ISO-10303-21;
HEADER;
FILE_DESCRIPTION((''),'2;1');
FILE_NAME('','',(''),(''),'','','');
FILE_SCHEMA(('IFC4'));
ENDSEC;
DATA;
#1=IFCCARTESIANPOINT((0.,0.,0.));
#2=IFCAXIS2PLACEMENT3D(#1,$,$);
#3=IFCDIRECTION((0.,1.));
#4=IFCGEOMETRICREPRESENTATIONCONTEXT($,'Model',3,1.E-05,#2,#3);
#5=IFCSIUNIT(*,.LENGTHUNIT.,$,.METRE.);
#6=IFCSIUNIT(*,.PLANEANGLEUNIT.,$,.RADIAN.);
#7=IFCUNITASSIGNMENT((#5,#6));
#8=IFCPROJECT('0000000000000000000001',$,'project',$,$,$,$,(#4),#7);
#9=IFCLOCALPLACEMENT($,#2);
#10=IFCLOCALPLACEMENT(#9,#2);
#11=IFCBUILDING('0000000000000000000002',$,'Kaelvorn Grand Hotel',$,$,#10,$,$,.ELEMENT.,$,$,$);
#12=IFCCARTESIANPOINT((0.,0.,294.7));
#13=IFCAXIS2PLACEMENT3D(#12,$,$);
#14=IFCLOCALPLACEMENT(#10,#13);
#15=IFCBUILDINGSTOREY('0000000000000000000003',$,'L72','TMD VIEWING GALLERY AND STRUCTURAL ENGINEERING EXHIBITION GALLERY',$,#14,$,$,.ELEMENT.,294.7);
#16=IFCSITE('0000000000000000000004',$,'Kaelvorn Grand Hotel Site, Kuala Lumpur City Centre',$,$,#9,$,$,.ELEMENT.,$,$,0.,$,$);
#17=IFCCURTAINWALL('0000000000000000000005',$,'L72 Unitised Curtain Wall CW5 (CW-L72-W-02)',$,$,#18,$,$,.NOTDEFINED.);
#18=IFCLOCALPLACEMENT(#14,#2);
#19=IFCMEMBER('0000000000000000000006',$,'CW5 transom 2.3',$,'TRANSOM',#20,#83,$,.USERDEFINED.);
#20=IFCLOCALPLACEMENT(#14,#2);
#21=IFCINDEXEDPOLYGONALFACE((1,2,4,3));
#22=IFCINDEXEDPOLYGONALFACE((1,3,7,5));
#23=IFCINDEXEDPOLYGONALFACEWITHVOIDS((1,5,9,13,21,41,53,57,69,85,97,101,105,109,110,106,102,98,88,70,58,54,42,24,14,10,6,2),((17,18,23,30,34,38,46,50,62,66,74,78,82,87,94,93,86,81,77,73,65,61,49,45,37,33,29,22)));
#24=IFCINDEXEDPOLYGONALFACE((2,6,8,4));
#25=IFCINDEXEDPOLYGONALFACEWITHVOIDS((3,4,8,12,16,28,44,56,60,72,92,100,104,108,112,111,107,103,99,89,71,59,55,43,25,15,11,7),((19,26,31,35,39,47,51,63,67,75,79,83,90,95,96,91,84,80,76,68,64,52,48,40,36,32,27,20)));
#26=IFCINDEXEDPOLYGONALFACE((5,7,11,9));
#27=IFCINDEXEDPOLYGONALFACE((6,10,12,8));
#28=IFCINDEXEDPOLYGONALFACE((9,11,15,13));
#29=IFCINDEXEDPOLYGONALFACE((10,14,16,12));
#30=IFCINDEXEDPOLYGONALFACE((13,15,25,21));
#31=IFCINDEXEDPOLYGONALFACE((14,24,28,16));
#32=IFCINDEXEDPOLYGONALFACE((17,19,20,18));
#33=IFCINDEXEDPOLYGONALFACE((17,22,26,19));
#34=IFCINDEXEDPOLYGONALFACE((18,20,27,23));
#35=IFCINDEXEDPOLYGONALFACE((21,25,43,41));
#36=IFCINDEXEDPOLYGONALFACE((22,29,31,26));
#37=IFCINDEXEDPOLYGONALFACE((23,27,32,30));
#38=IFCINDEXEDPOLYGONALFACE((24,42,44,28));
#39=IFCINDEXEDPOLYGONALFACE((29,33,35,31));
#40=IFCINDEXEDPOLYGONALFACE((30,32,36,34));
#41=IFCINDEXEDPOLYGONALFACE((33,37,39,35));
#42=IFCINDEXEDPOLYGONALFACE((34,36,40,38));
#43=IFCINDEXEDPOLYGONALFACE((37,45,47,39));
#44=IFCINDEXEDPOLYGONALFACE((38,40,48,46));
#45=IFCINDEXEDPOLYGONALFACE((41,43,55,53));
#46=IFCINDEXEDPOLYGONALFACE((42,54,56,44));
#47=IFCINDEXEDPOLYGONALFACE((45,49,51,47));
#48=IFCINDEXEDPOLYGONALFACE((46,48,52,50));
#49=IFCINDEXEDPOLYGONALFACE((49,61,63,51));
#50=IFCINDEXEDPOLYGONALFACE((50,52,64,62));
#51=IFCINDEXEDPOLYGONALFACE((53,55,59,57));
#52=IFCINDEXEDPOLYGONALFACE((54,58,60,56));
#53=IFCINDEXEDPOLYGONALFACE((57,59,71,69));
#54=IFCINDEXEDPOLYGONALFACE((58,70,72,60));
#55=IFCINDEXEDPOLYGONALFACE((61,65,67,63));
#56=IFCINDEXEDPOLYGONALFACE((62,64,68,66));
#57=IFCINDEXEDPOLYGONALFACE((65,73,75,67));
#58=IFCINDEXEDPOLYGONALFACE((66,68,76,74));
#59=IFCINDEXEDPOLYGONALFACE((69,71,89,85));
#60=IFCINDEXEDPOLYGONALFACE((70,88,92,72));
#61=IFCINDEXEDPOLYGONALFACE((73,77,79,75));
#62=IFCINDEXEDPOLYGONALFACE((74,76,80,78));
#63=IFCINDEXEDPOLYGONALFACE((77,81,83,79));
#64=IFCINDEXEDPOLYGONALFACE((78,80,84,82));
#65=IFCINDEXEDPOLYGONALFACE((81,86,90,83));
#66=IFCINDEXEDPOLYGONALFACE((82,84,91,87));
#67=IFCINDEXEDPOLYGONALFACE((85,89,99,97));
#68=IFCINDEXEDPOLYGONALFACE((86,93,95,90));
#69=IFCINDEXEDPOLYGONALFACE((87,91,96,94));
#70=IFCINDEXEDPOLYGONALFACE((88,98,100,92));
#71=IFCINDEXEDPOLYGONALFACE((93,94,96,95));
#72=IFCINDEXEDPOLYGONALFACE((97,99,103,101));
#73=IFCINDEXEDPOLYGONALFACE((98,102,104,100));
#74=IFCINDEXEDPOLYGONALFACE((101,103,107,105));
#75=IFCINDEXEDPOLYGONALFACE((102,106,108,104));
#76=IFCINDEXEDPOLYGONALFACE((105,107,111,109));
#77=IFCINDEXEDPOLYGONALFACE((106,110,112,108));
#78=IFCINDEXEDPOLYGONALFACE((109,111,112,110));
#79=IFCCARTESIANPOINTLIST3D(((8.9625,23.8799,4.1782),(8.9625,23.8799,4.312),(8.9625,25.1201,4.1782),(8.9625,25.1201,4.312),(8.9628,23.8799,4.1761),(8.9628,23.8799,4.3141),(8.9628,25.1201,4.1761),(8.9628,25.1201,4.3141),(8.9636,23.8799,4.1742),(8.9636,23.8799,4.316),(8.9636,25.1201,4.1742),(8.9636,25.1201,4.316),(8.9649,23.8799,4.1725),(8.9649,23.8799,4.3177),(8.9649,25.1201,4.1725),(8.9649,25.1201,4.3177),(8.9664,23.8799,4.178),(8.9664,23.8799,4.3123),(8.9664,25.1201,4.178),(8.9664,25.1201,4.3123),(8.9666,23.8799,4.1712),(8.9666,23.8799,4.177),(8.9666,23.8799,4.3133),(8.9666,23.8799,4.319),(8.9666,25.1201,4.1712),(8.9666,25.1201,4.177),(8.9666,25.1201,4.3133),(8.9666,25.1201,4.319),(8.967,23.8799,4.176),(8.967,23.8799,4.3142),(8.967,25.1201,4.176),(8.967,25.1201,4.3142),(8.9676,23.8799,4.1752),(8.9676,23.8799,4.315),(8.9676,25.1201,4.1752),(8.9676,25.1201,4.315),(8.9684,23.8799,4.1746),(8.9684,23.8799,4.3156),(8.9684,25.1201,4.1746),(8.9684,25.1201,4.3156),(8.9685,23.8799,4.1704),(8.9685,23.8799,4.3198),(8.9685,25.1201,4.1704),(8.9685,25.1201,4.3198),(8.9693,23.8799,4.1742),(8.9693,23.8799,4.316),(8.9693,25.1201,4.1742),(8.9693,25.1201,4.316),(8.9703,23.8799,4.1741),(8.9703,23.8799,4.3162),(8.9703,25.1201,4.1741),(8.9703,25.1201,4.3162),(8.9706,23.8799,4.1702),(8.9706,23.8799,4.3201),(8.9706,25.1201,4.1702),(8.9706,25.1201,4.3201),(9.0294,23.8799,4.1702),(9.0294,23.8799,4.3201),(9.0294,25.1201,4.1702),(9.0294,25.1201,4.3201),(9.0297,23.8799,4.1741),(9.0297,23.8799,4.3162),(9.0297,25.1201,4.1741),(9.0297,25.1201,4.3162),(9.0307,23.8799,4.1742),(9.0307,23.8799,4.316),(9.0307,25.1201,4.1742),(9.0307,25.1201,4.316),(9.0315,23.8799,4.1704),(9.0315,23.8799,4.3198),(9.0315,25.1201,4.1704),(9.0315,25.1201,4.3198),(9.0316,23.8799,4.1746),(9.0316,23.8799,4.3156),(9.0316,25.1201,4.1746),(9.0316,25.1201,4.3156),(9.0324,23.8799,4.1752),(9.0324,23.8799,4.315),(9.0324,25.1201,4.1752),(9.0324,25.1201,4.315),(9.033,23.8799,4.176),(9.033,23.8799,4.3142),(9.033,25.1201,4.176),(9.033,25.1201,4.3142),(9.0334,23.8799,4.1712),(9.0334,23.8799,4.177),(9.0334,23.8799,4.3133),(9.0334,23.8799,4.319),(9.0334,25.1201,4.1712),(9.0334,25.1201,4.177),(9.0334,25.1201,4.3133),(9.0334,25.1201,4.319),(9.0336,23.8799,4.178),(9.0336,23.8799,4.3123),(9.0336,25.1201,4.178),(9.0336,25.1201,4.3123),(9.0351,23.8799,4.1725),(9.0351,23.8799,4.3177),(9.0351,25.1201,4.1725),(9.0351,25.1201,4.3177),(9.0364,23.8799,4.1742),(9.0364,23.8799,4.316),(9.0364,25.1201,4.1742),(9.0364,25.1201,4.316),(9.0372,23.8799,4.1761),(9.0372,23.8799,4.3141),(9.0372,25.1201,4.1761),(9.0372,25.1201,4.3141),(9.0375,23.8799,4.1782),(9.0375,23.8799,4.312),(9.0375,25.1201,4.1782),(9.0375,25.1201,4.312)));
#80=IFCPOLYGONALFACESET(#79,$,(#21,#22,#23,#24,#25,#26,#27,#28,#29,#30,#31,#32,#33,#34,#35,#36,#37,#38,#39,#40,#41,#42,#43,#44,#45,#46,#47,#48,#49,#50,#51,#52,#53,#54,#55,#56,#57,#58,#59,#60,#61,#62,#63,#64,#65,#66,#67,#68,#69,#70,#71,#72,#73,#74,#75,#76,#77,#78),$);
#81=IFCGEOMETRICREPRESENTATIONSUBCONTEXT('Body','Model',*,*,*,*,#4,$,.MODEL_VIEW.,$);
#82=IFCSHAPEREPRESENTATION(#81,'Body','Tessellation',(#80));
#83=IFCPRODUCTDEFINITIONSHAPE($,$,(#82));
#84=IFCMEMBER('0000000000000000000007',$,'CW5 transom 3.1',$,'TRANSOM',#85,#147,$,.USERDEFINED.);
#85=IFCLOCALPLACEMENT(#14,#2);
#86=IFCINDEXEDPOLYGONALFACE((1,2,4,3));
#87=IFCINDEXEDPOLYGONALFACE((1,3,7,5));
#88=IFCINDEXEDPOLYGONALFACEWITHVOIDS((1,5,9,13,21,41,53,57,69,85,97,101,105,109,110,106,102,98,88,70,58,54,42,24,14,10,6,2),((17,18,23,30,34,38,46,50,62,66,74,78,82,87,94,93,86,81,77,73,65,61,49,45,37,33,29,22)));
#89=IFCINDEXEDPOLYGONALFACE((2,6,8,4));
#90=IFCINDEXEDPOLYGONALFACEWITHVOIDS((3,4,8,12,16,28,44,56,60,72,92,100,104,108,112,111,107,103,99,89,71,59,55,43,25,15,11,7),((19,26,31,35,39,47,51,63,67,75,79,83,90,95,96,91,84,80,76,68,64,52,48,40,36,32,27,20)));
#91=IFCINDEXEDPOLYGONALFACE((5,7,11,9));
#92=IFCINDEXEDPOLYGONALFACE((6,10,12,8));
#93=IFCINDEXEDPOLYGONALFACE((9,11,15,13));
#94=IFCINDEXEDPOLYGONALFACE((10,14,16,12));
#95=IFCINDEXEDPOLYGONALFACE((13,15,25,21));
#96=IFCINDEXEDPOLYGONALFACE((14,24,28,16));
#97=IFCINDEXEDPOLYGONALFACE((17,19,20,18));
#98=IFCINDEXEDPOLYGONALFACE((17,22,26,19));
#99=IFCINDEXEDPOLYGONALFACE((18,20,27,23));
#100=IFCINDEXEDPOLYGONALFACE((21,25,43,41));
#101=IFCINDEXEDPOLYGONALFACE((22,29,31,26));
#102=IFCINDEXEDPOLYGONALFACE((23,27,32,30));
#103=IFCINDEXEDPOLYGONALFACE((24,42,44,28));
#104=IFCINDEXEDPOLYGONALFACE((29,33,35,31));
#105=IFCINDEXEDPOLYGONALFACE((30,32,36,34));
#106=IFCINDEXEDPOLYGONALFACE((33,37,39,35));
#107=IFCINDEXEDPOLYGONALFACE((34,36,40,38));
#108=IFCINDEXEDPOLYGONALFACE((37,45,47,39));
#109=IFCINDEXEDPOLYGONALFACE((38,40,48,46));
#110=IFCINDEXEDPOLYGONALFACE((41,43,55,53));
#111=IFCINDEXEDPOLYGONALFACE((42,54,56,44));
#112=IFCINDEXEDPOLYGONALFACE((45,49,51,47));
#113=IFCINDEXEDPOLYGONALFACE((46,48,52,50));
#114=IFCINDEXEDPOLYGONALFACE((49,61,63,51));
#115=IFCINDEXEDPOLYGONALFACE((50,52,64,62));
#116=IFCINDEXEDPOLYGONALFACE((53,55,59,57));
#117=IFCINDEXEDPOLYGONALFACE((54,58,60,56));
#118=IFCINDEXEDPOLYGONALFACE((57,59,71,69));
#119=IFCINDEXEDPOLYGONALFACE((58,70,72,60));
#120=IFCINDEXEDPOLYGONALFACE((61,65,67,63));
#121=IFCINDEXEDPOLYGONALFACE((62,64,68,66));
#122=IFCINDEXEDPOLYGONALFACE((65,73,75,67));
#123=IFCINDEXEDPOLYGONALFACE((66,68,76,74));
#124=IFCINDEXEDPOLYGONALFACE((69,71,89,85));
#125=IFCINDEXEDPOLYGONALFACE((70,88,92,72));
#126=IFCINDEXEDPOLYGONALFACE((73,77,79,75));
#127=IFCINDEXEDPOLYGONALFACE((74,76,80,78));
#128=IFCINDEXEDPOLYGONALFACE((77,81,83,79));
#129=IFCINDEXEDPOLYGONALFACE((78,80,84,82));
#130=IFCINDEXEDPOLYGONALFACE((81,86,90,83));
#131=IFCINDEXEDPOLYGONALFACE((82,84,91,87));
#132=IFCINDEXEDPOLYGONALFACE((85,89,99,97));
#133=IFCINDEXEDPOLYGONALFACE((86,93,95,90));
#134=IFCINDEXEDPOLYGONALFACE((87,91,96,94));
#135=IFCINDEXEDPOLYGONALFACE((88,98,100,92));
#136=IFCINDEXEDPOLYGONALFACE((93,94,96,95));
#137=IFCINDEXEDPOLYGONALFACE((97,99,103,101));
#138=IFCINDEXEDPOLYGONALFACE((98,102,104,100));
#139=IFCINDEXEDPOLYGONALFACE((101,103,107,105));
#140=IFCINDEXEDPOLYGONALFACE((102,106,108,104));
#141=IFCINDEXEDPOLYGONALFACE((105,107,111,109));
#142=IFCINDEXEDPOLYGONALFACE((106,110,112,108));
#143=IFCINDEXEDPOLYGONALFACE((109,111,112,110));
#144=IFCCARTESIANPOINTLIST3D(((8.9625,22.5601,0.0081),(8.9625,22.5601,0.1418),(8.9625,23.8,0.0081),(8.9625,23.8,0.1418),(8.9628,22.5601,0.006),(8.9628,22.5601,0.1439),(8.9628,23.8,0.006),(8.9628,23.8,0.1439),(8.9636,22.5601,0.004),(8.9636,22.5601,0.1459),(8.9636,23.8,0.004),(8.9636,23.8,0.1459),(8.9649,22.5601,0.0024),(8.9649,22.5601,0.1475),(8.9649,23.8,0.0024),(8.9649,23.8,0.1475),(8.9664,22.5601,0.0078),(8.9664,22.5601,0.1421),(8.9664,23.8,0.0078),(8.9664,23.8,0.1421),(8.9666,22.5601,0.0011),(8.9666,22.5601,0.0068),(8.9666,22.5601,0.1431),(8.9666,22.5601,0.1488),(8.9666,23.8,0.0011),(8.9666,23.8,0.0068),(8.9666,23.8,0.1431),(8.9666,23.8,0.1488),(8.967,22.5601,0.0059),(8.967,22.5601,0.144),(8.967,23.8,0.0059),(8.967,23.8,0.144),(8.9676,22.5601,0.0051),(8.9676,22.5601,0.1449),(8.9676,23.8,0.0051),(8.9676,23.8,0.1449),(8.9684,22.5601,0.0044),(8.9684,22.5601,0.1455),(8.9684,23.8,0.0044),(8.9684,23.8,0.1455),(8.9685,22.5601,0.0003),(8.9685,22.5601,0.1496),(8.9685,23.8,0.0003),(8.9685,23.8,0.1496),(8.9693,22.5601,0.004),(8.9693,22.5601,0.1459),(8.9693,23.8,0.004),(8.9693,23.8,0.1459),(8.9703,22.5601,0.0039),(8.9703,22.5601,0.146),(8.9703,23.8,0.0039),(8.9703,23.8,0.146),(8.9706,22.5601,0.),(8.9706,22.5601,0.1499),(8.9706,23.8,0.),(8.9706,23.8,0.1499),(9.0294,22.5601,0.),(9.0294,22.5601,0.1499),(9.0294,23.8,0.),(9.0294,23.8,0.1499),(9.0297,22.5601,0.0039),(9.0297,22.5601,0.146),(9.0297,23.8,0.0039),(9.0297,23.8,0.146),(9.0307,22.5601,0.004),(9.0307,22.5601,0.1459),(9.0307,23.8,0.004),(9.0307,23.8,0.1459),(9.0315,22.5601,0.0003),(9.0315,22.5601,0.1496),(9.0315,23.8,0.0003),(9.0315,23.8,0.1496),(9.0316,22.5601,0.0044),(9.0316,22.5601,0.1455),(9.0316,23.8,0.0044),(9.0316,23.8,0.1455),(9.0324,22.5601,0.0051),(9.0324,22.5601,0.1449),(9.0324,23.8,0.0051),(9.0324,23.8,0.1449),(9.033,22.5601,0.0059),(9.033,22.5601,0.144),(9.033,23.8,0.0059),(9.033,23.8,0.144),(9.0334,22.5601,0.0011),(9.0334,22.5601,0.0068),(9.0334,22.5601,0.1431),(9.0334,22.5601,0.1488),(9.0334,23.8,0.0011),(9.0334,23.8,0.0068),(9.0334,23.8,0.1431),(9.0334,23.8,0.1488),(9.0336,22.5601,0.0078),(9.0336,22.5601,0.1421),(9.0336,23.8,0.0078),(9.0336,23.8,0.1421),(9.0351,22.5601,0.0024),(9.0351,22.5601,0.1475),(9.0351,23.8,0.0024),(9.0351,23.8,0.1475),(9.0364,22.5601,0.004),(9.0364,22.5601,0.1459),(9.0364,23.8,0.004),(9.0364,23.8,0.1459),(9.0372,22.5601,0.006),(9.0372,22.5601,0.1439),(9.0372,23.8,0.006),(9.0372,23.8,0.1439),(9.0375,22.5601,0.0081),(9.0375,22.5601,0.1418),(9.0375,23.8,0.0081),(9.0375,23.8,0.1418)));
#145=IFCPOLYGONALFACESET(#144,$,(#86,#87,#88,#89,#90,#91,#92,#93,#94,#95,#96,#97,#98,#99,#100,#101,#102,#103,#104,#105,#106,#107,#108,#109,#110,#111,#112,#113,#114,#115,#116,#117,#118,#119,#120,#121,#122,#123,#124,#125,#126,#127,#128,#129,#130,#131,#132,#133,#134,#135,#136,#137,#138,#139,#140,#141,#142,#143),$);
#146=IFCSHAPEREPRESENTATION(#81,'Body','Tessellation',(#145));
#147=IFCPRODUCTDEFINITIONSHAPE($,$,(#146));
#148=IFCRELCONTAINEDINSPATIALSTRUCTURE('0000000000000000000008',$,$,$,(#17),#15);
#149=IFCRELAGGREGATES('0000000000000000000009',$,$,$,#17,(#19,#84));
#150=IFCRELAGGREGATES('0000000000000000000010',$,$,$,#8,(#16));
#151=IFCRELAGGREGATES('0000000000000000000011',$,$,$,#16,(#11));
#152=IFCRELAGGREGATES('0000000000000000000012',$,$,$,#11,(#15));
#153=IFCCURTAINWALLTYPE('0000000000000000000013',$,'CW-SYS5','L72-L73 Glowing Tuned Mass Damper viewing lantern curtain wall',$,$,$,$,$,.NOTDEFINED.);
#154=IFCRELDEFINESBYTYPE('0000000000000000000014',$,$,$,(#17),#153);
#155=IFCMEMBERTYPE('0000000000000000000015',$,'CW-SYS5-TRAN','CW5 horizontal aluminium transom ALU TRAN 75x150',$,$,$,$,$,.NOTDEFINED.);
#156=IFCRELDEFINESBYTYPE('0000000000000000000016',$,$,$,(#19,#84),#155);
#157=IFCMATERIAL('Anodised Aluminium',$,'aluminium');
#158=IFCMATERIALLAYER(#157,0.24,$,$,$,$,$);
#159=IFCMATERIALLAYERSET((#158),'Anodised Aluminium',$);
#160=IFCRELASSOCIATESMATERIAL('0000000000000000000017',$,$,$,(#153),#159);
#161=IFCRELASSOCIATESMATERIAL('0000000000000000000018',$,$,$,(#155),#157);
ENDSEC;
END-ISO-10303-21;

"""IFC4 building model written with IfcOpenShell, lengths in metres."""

from ifc_helpers import new_model, si_unit, direction, frame, origin, origin_2d, place, context, subcontext, project, spatial, hollow_rectangle, extrude, material, layer, layer_set, material_profile, profile_set, type_object, element, aggregate, save


model = new_model("IFC4")

# Units and contexts
model_context = context("Model", 3, precision=1e-05, world=origin(), true_north=direction((0.0, 1.0)))
body_context = subcontext(model_context, "Body", "Model", "MODEL_VIEW")
ifc_project = project(units=[si_unit("LENGTHUNIT", "METRE"), si_unit("PLANEANGLEUNIT", "RADIAN")], contexts=[model_context])

# Site, building, storey
site_placement = place(None, origin())
site = spatial("IfcSite", under=ifc_project, at=site_placement, Name="Kaelvorn Grand Hotel Site, Kuala Lumpur City Centre", CompositionType="ELEMENT", RefElevation=0.0)
building_placement = place(site_placement, origin())
building = spatial("IfcBuilding", under=site, at=building_placement, Name="Kaelvorn Grand Hotel", CompositionType="ELEMENT")
storey_placement = place(building_placement, frame((0.0, 0.0, 294.7)))
storey = spatial("IfcBuildingStorey", under=building, at=storey_placement, Name="L72", Description="TMD VIEWING GALLERY AND STRUCTURAL ENGINEERING EXHIBITION GALLERY", CompositionType="ELEMENT", Elevation=294.7)

# Shared definitions
ifc_material_1 = material(Name="Anodised Aluminium", Category="aluminium")
ifc_layer_1 = layer(ifc_material_1, 0.24)
ifc_layer_set_1 = layer_set([ifc_layer_1], Name="Anodised Aluminium")
curtain_wall_type = type_object("IfcCurtainWallType", Name="CW-SYS5", Description="L72-L73 Glowing Tuned Mass Damper viewing lantern curtain wall", PredefinedType="NOTDEFINED", material=ifc_layer_set_1)

# Curtain wall, members
curtain_wall_1_placement = place(storey_placement, origin())
curtain_wall_1 = element("IfcCurtainWall", 1, at=curtain_wall_1_placement, inside=storey, type_object=curtain_wall_type, Name="L72 Unitised Curtain Wall CW5 (CW-L72-W-02)", PredefinedType="NOTDEFINED")
ifc_material_profile_1 = material_profile(ifc_material_1, hollow_rectangle(XDim=0.075, YDim=0.1499, WallThickness=0.0039, InnerFilletRadius=0.0039, OuterFilletRadius=0.0081, at=origin_2d()), Name="ALU TRAN 75x150")
ifc_profile_set_1 = profile_set([ifc_material_profile_1], Name="Anodised Aluminium")
member_type_1 = type_object("IfcMemberType", Name="CW-SYS5-TRAN", Description="CW5 horizontal aluminium transom ALU TRAN 75x150", PredefinedType="NOTDEFINED", material=ifc_profile_set_1)
member_1_placement = place(storey_placement, frame((9.0, 25.1201, 4.2451), z_axis=(0.0, -1.0, 0.0), x_axis=(1.0, 0.0, 0.0)))
member_1 = element("IfcMember", 2, at=member_1_placement, type_object=member_type_1, Name="CW5 transom 2.3", ObjectType="TRANSOM", PredefinedType="USERDEFINED", context=body_context, shape_type="SweptSolid", body=[
    extrude(hollow_rectangle(XDim=0.075, YDim=0.1499, WallThickness=0.0039, InnerFilletRadius=0.0039, OuterFilletRadius=0.0081, at=origin_2d()), origin(), (0.0, 0.0, 1.0), 1.2402),
])
member_2_placement = place(storey_placement, frame((9.0, 23.8, 0.075), z_axis=(0.0, -1.0, 0.0), x_axis=(1.0, 0.0, 0.0)))
member_2 = element("IfcMember", 3, at=member_2_placement, type_object=member_type_1, Name="CW5 transom 3.1", ObjectType="TRANSOM", PredefinedType="USERDEFINED", context=body_context, shape_type="SweptSolid", body=[
    extrude(hollow_rectangle(XDim=0.075, YDim=0.1499, WallThickness=0.0039, InnerFilletRadius=0.0039, OuterFilletRadius=0.0081, at=origin_2d()), origin(), (0.0, 0.0, 1.0), 1.24),
])

aggregate(curtain_wall_1, [member_1, member_2])

save(model, "model.ifc")
